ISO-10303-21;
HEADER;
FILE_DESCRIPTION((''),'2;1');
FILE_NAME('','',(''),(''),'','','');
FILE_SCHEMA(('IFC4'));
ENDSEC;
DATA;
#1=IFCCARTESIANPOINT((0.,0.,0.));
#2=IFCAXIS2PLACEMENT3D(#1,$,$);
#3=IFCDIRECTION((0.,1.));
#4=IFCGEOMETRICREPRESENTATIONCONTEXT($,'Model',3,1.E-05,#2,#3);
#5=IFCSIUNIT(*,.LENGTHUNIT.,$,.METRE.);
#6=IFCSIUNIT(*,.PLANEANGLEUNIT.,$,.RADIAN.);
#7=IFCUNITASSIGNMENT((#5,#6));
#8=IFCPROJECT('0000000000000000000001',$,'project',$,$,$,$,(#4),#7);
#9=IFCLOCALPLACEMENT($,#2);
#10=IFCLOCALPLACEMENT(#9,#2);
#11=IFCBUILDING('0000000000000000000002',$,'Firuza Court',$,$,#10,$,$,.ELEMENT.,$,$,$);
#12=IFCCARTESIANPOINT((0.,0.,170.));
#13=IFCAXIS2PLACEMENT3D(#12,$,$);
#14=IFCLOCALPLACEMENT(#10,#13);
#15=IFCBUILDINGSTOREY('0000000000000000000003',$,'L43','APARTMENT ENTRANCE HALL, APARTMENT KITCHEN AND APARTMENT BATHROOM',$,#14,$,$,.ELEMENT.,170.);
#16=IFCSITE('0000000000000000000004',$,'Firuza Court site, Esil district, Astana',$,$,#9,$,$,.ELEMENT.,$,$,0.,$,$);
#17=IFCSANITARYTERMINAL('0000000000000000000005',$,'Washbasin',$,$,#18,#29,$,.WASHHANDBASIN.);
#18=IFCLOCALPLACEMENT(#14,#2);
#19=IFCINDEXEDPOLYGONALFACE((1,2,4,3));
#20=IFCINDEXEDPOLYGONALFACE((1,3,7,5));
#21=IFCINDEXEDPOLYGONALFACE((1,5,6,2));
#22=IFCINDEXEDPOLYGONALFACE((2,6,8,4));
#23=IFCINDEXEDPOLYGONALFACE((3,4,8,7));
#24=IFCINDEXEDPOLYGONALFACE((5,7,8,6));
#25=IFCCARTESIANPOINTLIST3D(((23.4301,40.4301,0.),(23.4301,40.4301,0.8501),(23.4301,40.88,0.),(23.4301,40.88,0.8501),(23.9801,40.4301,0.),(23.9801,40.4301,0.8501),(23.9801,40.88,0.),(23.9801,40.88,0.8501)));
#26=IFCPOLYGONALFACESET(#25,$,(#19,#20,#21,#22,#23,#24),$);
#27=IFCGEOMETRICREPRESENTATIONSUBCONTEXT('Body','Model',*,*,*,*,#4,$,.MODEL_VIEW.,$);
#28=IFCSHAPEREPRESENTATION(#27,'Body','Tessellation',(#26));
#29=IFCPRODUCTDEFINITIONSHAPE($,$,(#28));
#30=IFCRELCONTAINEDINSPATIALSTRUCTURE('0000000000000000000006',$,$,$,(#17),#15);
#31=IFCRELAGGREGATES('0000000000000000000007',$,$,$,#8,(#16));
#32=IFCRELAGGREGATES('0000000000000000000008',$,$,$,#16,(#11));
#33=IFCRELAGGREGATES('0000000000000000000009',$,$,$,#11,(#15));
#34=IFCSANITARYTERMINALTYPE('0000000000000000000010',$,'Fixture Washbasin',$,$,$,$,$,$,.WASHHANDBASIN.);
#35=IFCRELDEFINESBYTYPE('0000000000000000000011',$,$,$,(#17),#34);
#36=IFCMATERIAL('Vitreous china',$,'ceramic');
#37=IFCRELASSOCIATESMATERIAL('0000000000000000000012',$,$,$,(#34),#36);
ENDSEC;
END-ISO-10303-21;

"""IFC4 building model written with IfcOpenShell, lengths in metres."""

from ifc_helpers import new_model, si_unit, direction, frame, origin, origin_2d, place, context, subcontext, project, spatial, rectangle, extrude, material, type_object, element, save


model = new_model("IFC4")

# Units and contexts
model_context = context("Model", 3, precision=1e-05, world=origin(), true_north=direction((0.0, 1.0)))
body_context = subcontext(model_context, "Body", "Model", "MODEL_VIEW")
ifc_project = project(units=[si_unit("LENGTHUNIT", "METRE"), si_unit("PLANEANGLEUNIT", "RADIAN")], contexts=[model_context])

# Site, building, storey
site_placement = place(None, origin())
site = spatial("IfcSite", under=ifc_project, at=site_placement, Name="Firuza Court site, Esil district, Astana", CompositionType="ELEMENT", RefElevation=0.0)
building_placement = place(site_placement, origin())
building = spatial("IfcBuilding", under=site, at=building_placement, Name="Firuza Court", CompositionType="ELEMENT")
storey_placement = place(building_placement, frame((0.0, 0.0, 170.0)))
storey = spatial("IfcBuildingStorey", under=building, at=storey_placement, Name="L43", Description="APARTMENT ENTRANCE HALL, APARTMENT KITCHEN AND APARTMENT BATHROOM", CompositionType="ELEMENT", Elevation=170.0)

# Sanitary terminal
ifc_material_1 = material(Name="Vitreous china", Category="ceramic")
sanitary_terminal_type_1 = type_object("IfcSanitaryTerminalType", Name="Fixture Washbasin", PredefinedType="WASHHANDBASIN", material=ifc_material_1)
sanitary_terminal_1_placement = place(storey_placement, frame((23.7051, 40.655, 0.0), z_axis=(0.0, 0.0, 1.0), x_axis=(1.0, 0.0, 0.0)))
element("IfcSanitaryTerminal", 1, at=sanitary_terminal_1_placement, inside=storey, type_object=sanitary_terminal_type_1, Name="Washbasin", PredefinedType="WASHHANDBASIN", context=body_context, shape_type="SweptSolid", body=[
    extrude(rectangle(XDim=0.55, YDim=0.45, at=origin_2d()), origin(), (0.0, 0.0, 1.0), 0.8501),
])

save(model, "model.ifc")
